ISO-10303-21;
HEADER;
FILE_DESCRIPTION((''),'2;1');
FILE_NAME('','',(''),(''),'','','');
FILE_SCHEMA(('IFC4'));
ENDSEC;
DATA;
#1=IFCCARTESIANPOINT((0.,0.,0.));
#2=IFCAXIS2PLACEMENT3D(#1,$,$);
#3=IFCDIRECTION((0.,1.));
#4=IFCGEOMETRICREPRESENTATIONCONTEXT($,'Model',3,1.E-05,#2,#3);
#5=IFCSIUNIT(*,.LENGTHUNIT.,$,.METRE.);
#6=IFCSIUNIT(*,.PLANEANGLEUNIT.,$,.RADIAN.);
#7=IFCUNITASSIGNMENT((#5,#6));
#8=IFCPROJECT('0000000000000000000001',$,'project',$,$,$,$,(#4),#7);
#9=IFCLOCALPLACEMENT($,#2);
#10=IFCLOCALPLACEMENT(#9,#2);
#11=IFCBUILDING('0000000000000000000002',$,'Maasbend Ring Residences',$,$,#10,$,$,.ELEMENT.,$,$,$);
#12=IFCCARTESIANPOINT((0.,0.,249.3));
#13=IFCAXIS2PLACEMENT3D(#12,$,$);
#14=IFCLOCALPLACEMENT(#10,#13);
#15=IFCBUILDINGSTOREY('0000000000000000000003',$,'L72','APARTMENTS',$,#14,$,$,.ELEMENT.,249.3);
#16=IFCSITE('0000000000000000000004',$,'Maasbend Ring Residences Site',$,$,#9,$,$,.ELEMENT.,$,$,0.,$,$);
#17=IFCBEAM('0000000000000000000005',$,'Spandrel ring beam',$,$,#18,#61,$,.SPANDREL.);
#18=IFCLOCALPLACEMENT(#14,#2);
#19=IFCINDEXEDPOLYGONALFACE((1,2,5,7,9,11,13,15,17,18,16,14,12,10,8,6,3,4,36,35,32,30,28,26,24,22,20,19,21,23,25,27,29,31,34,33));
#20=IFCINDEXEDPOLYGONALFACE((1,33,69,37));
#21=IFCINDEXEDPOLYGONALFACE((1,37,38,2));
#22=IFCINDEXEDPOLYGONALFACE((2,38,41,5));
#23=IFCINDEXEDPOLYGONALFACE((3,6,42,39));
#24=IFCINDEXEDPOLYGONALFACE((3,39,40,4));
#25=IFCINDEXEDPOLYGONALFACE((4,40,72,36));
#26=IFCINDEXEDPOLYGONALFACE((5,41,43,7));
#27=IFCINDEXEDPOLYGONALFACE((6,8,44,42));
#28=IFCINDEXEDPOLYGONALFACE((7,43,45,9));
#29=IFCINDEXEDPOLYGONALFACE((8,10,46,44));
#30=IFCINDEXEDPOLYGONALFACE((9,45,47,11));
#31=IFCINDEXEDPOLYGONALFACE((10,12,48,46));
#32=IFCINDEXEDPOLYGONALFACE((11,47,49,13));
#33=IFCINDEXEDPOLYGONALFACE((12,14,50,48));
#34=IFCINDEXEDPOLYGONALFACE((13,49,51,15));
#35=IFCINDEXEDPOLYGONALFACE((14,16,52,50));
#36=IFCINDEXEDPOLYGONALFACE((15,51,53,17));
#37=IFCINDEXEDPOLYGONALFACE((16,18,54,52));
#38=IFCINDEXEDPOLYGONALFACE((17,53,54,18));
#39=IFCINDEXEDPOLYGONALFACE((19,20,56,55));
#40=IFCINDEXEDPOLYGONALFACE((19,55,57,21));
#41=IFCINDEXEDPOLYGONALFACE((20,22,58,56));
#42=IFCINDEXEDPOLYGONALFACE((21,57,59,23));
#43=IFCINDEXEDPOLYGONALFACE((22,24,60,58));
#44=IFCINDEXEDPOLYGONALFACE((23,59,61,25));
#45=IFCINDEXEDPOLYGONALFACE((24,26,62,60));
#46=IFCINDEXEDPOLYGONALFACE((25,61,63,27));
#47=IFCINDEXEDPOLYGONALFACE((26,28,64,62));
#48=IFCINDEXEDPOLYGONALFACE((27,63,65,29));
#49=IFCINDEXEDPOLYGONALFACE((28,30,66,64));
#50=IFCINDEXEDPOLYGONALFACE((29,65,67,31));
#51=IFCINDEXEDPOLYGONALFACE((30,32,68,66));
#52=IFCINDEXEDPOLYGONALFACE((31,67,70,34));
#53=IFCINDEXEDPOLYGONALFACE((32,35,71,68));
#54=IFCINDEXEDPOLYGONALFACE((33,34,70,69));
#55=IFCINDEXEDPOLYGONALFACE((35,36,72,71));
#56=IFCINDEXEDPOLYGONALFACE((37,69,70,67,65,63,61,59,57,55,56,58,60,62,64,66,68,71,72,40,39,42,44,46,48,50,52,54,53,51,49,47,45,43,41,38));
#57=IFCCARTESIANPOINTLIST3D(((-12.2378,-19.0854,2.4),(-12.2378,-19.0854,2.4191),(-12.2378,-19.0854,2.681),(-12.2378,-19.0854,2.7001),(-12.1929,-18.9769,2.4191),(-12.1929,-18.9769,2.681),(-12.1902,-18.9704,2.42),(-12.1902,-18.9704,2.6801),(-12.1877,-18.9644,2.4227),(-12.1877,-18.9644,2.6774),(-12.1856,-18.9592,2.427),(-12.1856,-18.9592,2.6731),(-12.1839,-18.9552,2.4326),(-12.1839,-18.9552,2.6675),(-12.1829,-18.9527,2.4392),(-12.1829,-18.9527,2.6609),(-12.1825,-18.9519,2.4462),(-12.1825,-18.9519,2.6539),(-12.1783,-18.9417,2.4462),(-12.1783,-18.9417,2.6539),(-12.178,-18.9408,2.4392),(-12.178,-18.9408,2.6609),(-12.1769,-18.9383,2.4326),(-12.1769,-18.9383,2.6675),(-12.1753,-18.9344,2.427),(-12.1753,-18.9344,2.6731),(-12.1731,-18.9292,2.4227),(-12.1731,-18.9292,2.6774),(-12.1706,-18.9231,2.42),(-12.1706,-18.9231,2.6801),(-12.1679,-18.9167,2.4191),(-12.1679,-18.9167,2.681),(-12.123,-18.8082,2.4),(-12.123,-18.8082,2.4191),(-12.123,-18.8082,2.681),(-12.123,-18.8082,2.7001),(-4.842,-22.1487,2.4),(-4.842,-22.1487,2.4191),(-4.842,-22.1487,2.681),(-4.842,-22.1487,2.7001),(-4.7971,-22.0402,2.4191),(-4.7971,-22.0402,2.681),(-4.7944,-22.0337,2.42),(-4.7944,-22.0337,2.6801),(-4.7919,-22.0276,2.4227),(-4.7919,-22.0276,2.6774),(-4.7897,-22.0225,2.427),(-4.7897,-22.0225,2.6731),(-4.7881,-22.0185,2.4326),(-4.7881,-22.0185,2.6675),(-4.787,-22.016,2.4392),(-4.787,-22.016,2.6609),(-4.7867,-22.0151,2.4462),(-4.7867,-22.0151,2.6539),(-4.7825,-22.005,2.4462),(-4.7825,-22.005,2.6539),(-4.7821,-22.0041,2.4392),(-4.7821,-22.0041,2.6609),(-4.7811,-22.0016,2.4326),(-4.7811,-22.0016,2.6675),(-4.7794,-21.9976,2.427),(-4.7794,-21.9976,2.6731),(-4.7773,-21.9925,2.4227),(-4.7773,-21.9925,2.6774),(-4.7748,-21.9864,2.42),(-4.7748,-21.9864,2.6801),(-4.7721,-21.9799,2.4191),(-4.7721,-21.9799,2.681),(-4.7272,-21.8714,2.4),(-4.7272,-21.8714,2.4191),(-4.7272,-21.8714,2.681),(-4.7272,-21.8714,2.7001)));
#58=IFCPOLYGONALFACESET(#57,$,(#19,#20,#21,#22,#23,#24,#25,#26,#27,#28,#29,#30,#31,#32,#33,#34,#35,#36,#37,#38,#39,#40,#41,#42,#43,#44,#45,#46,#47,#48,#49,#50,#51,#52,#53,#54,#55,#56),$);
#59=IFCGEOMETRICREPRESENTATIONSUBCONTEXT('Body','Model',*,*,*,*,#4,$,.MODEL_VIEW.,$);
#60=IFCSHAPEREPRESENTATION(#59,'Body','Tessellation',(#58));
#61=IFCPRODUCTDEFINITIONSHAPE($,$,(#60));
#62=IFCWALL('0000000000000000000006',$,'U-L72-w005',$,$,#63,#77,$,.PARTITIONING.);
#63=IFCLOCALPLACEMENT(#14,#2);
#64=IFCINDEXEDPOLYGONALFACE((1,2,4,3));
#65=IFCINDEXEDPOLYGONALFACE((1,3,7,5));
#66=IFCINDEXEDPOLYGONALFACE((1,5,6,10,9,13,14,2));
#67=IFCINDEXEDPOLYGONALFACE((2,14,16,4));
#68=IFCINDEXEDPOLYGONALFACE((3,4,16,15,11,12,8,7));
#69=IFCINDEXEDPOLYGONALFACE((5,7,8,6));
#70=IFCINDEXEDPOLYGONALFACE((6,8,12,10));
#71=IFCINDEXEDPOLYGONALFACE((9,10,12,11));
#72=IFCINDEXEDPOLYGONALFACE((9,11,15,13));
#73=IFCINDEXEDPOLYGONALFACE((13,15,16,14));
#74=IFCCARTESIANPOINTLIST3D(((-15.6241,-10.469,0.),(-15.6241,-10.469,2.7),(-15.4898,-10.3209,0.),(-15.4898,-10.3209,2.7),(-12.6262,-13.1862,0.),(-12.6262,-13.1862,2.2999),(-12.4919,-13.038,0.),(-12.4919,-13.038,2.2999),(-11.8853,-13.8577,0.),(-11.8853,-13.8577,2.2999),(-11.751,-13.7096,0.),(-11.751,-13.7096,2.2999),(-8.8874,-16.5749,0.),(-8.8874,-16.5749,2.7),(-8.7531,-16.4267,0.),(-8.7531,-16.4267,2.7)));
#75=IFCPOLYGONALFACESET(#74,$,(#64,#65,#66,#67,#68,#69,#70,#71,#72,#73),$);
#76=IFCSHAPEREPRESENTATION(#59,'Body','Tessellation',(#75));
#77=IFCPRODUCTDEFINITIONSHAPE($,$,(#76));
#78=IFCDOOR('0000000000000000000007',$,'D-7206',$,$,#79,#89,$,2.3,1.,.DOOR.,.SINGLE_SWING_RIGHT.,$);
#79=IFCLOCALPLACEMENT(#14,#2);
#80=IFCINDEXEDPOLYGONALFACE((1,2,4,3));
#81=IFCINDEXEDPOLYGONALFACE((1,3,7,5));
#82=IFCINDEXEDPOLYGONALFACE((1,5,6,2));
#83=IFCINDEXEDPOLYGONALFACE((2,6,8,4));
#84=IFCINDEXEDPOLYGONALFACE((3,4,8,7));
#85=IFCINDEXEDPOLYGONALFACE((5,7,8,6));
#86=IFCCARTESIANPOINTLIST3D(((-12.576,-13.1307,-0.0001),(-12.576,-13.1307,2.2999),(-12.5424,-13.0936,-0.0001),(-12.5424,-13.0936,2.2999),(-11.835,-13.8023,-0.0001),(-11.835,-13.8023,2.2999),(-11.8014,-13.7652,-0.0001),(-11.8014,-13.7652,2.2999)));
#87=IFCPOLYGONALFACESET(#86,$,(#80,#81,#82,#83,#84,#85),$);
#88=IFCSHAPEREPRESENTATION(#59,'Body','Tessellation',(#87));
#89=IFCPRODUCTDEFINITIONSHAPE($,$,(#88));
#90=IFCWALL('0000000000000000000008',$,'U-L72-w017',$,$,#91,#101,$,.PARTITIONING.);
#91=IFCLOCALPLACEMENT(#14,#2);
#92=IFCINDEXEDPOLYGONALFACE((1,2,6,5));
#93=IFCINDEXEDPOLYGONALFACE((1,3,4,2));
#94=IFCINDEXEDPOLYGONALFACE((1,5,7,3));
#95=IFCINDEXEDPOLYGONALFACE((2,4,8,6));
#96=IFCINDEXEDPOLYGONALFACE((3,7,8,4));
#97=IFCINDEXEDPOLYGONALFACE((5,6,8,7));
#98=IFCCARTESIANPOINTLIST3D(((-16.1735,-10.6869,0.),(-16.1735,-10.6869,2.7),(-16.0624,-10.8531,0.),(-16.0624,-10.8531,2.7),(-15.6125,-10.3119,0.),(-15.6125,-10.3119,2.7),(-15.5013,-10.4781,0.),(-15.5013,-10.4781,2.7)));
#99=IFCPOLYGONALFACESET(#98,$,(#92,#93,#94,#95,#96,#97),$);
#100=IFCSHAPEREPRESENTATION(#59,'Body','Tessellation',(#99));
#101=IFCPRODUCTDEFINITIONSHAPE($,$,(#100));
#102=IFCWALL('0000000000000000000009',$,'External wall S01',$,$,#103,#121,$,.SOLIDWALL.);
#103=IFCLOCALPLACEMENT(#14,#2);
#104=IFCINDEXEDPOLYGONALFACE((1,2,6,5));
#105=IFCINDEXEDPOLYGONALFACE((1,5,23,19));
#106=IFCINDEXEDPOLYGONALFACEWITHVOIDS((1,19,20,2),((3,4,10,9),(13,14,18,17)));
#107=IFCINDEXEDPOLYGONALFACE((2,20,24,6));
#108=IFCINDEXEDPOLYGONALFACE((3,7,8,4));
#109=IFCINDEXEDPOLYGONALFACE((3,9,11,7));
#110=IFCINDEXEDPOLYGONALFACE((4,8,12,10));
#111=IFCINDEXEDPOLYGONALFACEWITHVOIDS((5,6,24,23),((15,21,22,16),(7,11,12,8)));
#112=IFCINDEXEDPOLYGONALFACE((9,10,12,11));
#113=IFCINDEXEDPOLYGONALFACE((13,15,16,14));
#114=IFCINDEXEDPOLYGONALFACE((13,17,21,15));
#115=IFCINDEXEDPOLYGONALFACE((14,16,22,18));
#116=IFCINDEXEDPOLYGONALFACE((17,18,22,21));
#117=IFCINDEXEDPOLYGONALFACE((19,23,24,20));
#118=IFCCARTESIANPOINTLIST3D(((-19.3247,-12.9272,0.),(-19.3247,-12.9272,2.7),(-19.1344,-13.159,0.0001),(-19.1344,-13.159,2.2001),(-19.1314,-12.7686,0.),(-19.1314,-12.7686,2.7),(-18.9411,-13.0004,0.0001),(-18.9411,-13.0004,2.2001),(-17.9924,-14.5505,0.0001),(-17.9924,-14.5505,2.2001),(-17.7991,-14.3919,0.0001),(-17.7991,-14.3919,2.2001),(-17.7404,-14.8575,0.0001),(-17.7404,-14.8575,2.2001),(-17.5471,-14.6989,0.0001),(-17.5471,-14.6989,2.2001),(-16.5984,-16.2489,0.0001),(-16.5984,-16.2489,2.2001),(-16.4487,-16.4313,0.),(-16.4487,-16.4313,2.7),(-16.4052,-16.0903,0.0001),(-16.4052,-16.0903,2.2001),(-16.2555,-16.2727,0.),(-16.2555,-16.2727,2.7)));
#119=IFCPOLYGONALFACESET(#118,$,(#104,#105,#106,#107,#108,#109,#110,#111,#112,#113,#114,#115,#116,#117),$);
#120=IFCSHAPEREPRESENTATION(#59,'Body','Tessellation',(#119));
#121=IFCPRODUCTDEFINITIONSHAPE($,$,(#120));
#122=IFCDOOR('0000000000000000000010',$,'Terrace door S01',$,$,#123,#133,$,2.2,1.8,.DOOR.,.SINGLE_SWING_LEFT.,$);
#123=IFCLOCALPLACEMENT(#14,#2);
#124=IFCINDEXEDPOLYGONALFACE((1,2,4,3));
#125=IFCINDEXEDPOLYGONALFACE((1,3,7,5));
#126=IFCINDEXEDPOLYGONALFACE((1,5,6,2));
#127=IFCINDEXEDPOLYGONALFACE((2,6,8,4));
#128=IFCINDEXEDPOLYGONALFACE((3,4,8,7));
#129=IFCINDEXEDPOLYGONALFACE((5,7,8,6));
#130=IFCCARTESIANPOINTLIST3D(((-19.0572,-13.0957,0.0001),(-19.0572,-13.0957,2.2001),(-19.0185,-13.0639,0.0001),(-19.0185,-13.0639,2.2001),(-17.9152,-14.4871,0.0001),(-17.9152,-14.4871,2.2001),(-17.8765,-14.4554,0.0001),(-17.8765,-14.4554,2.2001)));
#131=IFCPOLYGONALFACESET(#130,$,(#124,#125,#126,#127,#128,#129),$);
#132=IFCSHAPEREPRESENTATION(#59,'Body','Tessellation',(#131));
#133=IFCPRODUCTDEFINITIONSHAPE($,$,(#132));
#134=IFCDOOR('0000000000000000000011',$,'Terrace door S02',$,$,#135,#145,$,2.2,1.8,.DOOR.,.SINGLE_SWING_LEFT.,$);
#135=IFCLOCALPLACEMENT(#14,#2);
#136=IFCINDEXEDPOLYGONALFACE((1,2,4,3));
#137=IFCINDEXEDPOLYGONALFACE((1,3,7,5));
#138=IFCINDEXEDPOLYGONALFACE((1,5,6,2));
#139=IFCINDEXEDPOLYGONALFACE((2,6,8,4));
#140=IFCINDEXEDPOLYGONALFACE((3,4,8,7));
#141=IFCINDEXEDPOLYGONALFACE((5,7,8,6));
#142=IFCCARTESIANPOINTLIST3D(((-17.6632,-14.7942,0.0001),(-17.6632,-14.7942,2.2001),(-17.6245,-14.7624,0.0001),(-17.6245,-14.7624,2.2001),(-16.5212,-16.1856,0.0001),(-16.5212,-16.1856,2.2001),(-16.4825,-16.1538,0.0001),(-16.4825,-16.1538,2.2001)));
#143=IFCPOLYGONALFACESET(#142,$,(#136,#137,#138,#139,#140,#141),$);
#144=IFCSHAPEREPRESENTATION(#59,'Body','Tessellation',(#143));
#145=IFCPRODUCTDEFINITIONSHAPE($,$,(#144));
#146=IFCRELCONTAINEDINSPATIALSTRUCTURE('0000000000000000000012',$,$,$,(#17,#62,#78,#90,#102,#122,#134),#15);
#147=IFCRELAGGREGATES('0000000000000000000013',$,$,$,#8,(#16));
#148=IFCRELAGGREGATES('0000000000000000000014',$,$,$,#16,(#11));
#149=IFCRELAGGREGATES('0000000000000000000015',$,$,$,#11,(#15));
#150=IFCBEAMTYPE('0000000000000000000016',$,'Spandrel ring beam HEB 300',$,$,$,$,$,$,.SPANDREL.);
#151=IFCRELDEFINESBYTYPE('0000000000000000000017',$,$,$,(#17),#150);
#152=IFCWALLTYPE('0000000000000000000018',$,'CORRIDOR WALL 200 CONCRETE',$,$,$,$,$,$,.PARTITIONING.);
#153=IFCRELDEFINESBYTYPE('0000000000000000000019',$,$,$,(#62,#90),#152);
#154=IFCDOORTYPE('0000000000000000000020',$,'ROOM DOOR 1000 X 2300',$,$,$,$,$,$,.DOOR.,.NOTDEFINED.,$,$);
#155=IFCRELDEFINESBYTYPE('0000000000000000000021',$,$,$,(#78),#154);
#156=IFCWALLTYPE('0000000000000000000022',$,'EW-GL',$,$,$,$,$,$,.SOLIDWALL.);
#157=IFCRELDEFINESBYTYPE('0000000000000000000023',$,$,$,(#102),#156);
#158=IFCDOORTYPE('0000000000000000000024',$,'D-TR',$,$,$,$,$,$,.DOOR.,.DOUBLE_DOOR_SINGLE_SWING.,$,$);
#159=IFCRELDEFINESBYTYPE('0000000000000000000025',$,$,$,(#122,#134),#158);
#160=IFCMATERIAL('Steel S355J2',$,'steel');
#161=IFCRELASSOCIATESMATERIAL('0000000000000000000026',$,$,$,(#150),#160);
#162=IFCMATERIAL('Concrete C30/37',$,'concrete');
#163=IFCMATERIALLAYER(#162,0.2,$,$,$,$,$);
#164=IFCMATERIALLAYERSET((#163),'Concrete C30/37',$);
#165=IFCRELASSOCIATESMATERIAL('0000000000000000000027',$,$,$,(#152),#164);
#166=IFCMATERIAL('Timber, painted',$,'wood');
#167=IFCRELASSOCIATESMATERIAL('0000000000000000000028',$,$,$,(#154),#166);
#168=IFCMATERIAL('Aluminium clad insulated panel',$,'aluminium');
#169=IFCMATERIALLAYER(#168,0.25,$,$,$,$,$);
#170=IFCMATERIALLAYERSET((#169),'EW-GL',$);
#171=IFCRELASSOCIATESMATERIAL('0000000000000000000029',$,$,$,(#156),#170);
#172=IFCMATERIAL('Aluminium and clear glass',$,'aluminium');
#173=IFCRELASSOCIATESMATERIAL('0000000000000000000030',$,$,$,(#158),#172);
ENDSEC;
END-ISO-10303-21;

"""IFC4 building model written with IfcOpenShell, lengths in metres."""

from ifc_helpers import new_model, si_unit, direction, frame, frame_2d, origin, origin_2d, place, context, subcontext, project, spatial, rectangle, i_section, extrude, material, layer, layer_set, material_profile, profile_set, type_object, element, fill, save


model = new_model("IFC4")

# Units and contexts
model_context = context("Model", 3, precision=1e-05, world=origin(), true_north=direction((0.0, 1.0)))
body_context = subcontext(model_context, "Body", "Model", "MODEL_VIEW")
ifc_project = project(units=[si_unit("LENGTHUNIT", "METRE"), si_unit("PLANEANGLEUNIT", "RADIAN")], contexts=[model_context])

# Site, building, storey
site_placement = place(None, origin())
site = spatial("IfcSite", under=ifc_project, at=site_placement, Name="Maasbend Ring Residences Site", CompositionType="ELEMENT", RefElevation=0.0)
building_placement = place(site_placement, origin())
building = spatial("IfcBuilding", under=site, at=building_placement, Name="Maasbend Ring Residences", CompositionType="ELEMENT")
storey_placement = place(building_placement, frame((0.0, 0.0, 249.3)))
storey = spatial("IfcBuildingStorey", under=building, at=storey_placement, Name="L72", Description="APARTMENTS", CompositionType="ELEMENT", Elevation=249.3)

# Beam
ifc_material_1 = material(Name="Steel S355J2", Category="steel")
ifc_material_profile_1 = material_profile(ifc_material_1, i_section(OverallWidth=0.3, OverallDepth=0.3, WebThickness=0.011, FlangeThickness=0.019, FilletRadius=0.0271, at=origin_2d()), Name="HEB 300")
ifc_profile_set_1 = profile_set([ifc_material_profile_1], Name="Steel S355J2")
beam_type_1 = type_object("IfcBeamType", Name="Spandrel ring beam HEB 300", PredefinedType="SPANDREL", material=ifc_profile_set_1)
beam_1_placement = place(storey_placement, frame((-12.1804, -18.9468, 2.55), z_axis=(0.923888, -0.382663, 0.0), x_axis=(0.382663, 0.923888, 0.0)))
element("IfcBeam", 1, at=beam_1_placement, inside=storey, type_object=beam_type_1, Name="Spandrel ring beam", PredefinedType="SPANDREL", context=body_context, shape_type="SweptSolid", body=[
    extrude(i_section(OverallWidth=0.3, OverallDepth=0.3, WebThickness=0.011, FlangeThickness=0.019, FilletRadius=0.0271, at=origin_2d()), origin(), (0.0, 0.0, 1.0), 8.0051),
])

# Wall, opening, door
ifc_material_2 = material(Name="Concrete C30/37", Category="concrete")
ifc_layer_1 = layer(ifc_material_2, 0.2)
ifc_layer_set_1 = layer_set([ifc_layer_1], Name="Concrete C30/37")
wall_type_1 = type_object("IfcWallType", Name="CORRIDOR WALL 200 CONCRETE", PredefinedType="PARTITIONING", material=ifc_layer_set_1)
wall_1_placement = place(storey_placement, frame((-15.5569, -10.395, 0.0), z_axis=(0.0, 0.0, 1.0), x_axis=(0.740948, -0.671563, 0.0)))
wall_1 = element("IfcWall", 2, at=wall_1_placement, inside=storey, type_object=wall_type_1, Name="U-L72-w005", PredefinedType="PARTITIONING", context=body_context, shape_type="SweptSolid", body=[
    extrude(rectangle(XDim=9.092, YDim=0.2, at=frame_2d((4.5459, 0.0))), origin(), (0.0, 0.0, 1.0), 2.7),
])
opening_1_placement = place(wall_1_placement, frame((4.0459, 0.0, 0.0)))
opening_1 = element("IfcOpeningElement", 3, at=opening_1_placement, cuts=wall_1, PredefinedType="OPENING", context=body_context, shape_type="SweptSolid", body=[
    extrude(rectangle(XDim=1.0, YDim=2.3, at=frame_2d((0.5, 1.1499))), frame((0.0, 0.1099, 0.0), z_axis=(0.0, -1.0, 0.0), x_axis=(1.0, 0.0, 0.0)), (0.0, 0.0, 1.0), 0.22),
])
ifc_material_3 = material(Name="Timber, painted", Category="wood")
door_type_1 = type_object("IfcDoorType", Name="ROOM DOOR 1000 X 2300", OperationType="NOTDEFINED", PredefinedType="DOOR", material=ifc_material_3)
door_1_placement = place(opening_1_placement, origin())
door_1 = element("IfcDoor", 4, at=door_1_placement, inside=storey, type_object=door_type_1, Name="D-7206", OperationType="SINGLE_SWING_RIGHT", OverallHeight=2.3, OverallWidth=1.0, PredefinedType="DOOR", context=body_context, shape_type="SweptSolid", body=[
    extrude(rectangle(XDim=1.0, YDim=2.3, at=frame_2d((0.5, 1.1499))), frame((0.0, 0.0249, 0.0), z_axis=(0.0, -1.0, 0.0), x_axis=(1.0, 0.0, 0.0)), (0.0, 0.0, 1.0), 0.05),
])
fill(opening_1, door_1)

# Wall
wall_2_placement = place(storey_placement, frame((-16.1179, -10.77, 0.0), z_axis=(0.0, 0.0, 1.0), x_axis=(0.831382, 0.555702, 0.0)))
element("IfcWall", 5, at=wall_2_placement, inside=storey, type_object=wall_type_1, Name="U-L72-w017", PredefinedType="PARTITIONING", context=body_context, shape_type="SweptSolid", body=[
    extrude(rectangle(XDim=0.6748, YDim=0.2, at=frame_2d((0.3374, 0.0))), origin(), (0.0, 0.0, 1.0), 2.7),
])

# Wall, openings, doors
ifc_material_4 = material(Name="Aluminium clad insulated panel", Category="aluminium")
ifc_layer_2 = layer(ifc_material_4, 0.25)
ifc_layer_set_2 = layer_set([ifc_layer_2], Name="EW-GL")
wall_type_2 = type_object("IfcWallType", Name="EW-GL", PredefinedType="SOLIDWALL", material=ifc_layer_set_2)
wall_3_placement = place(storey_placement, frame((-19.228, -12.8479, 0.0), z_axis=(0.0, 0.0, 1.0), x_axis=(0.634419, -0.772989, 0.0)))
wall_3 = element("IfcWall", 6, at=wall_3_placement, inside=storey, type_object=wall_type_2, Name="External wall S01", PredefinedType="SOLIDWALL", context=body_context, shape_type="SweptSolid", body=[
    extrude(rectangle(XDim=4.5332, YDim=0.25, at=frame_2d((2.2666, 0.0))), origin(), (0.0, 0.0, 1.0), 2.7),
])
opening_2_placement = place(wall_3_placement, frame((0.3, 0.0, 0.0)))
opening_2 = element("IfcOpeningElement", 7, at=opening_2_placement, cuts=wall_3, PredefinedType="OPENING", context=body_context, shape_type="SweptSolid", body=[
    extrude(rectangle(XDim=1.8, YDim=2.2, at=frame_2d((0.8999, 1.1001))), frame((0.0, 0.135, 0.0), z_axis=(0.0, -1.0, 0.0), x_axis=(1.0, 0.0, 0.0)), (0.0, 0.0, 1.0), 0.27),
])
opening_3_placement = place(wall_3_placement, frame((2.4973, 0.0, 0.0)))
opening_3 = element("IfcOpeningElement", 8, at=opening_3_placement, cuts=wall_3, PredefinedType="OPENING", context=body_context, shape_type="SweptSolid", body=[
    extrude(rectangle(XDim=1.8, YDim=2.2, at=frame_2d((0.8999, 1.1001))), frame((0.0, 0.135, 0.0), z_axis=(0.0, -1.0, 0.0), x_axis=(1.0, 0.0, 0.0)), (0.0, 0.0, 1.0), 0.27),
])
ifc_material_5 = material(Name="Aluminium and clear glass", Category="aluminium")
door_type_2 = type_object("IfcDoorType", Name="D-TR", OperationType="DOUBLE_DOOR_SINGLE_SWING", PredefinedType="DOOR", material=ifc_material_5)
door_2_placement = place(opening_2_placement, origin())
door_2 = element("IfcDoor", 9, at=door_2_placement, inside=storey, type_object=door_type_2, Name="Terrace door S01", OperationType="SINGLE_SWING_LEFT", OverallHeight=2.2, OverallWidth=1.8, PredefinedType="DOOR", context=body_context, shape_type="SweptSolid", body=[
    extrude(rectangle(XDim=1.8, YDim=2.2, at=frame_2d((0.8999, 1.1001))), frame((0.0, 0.0249, 0.0), z_axis=(0.0, -1.0, 0.0), x_axis=(1.0, 0.0, 0.0)), (0.0, 0.0, 1.0), 0.05),
])
fill(opening_2, door_2)
door_3_placement = place(opening_3_placement, origin())
door_3 = element("IfcDoor", 10, at=door_3_placement, inside=storey, type_object=door_type_2, Name="Terrace door S02", OperationType="SINGLE_SWING_LEFT", OverallHeight=2.2, OverallWidth=1.8, PredefinedType="DOOR", context=body_context, shape_type="SweptSolid", body=[
    extrude(rectangle(XDim=1.8, YDim=2.2, at=frame_2d((0.8999, 1.1001))), frame((0.0, 0.0249, 0.0), z_axis=(0.0, -1.0, 0.0), x_axis=(1.0, 0.0, 0.0)), (0.0, 0.0, 1.0), 0.05),
])
fill(opening_3, door_3)

save(model, "model.ifc")
